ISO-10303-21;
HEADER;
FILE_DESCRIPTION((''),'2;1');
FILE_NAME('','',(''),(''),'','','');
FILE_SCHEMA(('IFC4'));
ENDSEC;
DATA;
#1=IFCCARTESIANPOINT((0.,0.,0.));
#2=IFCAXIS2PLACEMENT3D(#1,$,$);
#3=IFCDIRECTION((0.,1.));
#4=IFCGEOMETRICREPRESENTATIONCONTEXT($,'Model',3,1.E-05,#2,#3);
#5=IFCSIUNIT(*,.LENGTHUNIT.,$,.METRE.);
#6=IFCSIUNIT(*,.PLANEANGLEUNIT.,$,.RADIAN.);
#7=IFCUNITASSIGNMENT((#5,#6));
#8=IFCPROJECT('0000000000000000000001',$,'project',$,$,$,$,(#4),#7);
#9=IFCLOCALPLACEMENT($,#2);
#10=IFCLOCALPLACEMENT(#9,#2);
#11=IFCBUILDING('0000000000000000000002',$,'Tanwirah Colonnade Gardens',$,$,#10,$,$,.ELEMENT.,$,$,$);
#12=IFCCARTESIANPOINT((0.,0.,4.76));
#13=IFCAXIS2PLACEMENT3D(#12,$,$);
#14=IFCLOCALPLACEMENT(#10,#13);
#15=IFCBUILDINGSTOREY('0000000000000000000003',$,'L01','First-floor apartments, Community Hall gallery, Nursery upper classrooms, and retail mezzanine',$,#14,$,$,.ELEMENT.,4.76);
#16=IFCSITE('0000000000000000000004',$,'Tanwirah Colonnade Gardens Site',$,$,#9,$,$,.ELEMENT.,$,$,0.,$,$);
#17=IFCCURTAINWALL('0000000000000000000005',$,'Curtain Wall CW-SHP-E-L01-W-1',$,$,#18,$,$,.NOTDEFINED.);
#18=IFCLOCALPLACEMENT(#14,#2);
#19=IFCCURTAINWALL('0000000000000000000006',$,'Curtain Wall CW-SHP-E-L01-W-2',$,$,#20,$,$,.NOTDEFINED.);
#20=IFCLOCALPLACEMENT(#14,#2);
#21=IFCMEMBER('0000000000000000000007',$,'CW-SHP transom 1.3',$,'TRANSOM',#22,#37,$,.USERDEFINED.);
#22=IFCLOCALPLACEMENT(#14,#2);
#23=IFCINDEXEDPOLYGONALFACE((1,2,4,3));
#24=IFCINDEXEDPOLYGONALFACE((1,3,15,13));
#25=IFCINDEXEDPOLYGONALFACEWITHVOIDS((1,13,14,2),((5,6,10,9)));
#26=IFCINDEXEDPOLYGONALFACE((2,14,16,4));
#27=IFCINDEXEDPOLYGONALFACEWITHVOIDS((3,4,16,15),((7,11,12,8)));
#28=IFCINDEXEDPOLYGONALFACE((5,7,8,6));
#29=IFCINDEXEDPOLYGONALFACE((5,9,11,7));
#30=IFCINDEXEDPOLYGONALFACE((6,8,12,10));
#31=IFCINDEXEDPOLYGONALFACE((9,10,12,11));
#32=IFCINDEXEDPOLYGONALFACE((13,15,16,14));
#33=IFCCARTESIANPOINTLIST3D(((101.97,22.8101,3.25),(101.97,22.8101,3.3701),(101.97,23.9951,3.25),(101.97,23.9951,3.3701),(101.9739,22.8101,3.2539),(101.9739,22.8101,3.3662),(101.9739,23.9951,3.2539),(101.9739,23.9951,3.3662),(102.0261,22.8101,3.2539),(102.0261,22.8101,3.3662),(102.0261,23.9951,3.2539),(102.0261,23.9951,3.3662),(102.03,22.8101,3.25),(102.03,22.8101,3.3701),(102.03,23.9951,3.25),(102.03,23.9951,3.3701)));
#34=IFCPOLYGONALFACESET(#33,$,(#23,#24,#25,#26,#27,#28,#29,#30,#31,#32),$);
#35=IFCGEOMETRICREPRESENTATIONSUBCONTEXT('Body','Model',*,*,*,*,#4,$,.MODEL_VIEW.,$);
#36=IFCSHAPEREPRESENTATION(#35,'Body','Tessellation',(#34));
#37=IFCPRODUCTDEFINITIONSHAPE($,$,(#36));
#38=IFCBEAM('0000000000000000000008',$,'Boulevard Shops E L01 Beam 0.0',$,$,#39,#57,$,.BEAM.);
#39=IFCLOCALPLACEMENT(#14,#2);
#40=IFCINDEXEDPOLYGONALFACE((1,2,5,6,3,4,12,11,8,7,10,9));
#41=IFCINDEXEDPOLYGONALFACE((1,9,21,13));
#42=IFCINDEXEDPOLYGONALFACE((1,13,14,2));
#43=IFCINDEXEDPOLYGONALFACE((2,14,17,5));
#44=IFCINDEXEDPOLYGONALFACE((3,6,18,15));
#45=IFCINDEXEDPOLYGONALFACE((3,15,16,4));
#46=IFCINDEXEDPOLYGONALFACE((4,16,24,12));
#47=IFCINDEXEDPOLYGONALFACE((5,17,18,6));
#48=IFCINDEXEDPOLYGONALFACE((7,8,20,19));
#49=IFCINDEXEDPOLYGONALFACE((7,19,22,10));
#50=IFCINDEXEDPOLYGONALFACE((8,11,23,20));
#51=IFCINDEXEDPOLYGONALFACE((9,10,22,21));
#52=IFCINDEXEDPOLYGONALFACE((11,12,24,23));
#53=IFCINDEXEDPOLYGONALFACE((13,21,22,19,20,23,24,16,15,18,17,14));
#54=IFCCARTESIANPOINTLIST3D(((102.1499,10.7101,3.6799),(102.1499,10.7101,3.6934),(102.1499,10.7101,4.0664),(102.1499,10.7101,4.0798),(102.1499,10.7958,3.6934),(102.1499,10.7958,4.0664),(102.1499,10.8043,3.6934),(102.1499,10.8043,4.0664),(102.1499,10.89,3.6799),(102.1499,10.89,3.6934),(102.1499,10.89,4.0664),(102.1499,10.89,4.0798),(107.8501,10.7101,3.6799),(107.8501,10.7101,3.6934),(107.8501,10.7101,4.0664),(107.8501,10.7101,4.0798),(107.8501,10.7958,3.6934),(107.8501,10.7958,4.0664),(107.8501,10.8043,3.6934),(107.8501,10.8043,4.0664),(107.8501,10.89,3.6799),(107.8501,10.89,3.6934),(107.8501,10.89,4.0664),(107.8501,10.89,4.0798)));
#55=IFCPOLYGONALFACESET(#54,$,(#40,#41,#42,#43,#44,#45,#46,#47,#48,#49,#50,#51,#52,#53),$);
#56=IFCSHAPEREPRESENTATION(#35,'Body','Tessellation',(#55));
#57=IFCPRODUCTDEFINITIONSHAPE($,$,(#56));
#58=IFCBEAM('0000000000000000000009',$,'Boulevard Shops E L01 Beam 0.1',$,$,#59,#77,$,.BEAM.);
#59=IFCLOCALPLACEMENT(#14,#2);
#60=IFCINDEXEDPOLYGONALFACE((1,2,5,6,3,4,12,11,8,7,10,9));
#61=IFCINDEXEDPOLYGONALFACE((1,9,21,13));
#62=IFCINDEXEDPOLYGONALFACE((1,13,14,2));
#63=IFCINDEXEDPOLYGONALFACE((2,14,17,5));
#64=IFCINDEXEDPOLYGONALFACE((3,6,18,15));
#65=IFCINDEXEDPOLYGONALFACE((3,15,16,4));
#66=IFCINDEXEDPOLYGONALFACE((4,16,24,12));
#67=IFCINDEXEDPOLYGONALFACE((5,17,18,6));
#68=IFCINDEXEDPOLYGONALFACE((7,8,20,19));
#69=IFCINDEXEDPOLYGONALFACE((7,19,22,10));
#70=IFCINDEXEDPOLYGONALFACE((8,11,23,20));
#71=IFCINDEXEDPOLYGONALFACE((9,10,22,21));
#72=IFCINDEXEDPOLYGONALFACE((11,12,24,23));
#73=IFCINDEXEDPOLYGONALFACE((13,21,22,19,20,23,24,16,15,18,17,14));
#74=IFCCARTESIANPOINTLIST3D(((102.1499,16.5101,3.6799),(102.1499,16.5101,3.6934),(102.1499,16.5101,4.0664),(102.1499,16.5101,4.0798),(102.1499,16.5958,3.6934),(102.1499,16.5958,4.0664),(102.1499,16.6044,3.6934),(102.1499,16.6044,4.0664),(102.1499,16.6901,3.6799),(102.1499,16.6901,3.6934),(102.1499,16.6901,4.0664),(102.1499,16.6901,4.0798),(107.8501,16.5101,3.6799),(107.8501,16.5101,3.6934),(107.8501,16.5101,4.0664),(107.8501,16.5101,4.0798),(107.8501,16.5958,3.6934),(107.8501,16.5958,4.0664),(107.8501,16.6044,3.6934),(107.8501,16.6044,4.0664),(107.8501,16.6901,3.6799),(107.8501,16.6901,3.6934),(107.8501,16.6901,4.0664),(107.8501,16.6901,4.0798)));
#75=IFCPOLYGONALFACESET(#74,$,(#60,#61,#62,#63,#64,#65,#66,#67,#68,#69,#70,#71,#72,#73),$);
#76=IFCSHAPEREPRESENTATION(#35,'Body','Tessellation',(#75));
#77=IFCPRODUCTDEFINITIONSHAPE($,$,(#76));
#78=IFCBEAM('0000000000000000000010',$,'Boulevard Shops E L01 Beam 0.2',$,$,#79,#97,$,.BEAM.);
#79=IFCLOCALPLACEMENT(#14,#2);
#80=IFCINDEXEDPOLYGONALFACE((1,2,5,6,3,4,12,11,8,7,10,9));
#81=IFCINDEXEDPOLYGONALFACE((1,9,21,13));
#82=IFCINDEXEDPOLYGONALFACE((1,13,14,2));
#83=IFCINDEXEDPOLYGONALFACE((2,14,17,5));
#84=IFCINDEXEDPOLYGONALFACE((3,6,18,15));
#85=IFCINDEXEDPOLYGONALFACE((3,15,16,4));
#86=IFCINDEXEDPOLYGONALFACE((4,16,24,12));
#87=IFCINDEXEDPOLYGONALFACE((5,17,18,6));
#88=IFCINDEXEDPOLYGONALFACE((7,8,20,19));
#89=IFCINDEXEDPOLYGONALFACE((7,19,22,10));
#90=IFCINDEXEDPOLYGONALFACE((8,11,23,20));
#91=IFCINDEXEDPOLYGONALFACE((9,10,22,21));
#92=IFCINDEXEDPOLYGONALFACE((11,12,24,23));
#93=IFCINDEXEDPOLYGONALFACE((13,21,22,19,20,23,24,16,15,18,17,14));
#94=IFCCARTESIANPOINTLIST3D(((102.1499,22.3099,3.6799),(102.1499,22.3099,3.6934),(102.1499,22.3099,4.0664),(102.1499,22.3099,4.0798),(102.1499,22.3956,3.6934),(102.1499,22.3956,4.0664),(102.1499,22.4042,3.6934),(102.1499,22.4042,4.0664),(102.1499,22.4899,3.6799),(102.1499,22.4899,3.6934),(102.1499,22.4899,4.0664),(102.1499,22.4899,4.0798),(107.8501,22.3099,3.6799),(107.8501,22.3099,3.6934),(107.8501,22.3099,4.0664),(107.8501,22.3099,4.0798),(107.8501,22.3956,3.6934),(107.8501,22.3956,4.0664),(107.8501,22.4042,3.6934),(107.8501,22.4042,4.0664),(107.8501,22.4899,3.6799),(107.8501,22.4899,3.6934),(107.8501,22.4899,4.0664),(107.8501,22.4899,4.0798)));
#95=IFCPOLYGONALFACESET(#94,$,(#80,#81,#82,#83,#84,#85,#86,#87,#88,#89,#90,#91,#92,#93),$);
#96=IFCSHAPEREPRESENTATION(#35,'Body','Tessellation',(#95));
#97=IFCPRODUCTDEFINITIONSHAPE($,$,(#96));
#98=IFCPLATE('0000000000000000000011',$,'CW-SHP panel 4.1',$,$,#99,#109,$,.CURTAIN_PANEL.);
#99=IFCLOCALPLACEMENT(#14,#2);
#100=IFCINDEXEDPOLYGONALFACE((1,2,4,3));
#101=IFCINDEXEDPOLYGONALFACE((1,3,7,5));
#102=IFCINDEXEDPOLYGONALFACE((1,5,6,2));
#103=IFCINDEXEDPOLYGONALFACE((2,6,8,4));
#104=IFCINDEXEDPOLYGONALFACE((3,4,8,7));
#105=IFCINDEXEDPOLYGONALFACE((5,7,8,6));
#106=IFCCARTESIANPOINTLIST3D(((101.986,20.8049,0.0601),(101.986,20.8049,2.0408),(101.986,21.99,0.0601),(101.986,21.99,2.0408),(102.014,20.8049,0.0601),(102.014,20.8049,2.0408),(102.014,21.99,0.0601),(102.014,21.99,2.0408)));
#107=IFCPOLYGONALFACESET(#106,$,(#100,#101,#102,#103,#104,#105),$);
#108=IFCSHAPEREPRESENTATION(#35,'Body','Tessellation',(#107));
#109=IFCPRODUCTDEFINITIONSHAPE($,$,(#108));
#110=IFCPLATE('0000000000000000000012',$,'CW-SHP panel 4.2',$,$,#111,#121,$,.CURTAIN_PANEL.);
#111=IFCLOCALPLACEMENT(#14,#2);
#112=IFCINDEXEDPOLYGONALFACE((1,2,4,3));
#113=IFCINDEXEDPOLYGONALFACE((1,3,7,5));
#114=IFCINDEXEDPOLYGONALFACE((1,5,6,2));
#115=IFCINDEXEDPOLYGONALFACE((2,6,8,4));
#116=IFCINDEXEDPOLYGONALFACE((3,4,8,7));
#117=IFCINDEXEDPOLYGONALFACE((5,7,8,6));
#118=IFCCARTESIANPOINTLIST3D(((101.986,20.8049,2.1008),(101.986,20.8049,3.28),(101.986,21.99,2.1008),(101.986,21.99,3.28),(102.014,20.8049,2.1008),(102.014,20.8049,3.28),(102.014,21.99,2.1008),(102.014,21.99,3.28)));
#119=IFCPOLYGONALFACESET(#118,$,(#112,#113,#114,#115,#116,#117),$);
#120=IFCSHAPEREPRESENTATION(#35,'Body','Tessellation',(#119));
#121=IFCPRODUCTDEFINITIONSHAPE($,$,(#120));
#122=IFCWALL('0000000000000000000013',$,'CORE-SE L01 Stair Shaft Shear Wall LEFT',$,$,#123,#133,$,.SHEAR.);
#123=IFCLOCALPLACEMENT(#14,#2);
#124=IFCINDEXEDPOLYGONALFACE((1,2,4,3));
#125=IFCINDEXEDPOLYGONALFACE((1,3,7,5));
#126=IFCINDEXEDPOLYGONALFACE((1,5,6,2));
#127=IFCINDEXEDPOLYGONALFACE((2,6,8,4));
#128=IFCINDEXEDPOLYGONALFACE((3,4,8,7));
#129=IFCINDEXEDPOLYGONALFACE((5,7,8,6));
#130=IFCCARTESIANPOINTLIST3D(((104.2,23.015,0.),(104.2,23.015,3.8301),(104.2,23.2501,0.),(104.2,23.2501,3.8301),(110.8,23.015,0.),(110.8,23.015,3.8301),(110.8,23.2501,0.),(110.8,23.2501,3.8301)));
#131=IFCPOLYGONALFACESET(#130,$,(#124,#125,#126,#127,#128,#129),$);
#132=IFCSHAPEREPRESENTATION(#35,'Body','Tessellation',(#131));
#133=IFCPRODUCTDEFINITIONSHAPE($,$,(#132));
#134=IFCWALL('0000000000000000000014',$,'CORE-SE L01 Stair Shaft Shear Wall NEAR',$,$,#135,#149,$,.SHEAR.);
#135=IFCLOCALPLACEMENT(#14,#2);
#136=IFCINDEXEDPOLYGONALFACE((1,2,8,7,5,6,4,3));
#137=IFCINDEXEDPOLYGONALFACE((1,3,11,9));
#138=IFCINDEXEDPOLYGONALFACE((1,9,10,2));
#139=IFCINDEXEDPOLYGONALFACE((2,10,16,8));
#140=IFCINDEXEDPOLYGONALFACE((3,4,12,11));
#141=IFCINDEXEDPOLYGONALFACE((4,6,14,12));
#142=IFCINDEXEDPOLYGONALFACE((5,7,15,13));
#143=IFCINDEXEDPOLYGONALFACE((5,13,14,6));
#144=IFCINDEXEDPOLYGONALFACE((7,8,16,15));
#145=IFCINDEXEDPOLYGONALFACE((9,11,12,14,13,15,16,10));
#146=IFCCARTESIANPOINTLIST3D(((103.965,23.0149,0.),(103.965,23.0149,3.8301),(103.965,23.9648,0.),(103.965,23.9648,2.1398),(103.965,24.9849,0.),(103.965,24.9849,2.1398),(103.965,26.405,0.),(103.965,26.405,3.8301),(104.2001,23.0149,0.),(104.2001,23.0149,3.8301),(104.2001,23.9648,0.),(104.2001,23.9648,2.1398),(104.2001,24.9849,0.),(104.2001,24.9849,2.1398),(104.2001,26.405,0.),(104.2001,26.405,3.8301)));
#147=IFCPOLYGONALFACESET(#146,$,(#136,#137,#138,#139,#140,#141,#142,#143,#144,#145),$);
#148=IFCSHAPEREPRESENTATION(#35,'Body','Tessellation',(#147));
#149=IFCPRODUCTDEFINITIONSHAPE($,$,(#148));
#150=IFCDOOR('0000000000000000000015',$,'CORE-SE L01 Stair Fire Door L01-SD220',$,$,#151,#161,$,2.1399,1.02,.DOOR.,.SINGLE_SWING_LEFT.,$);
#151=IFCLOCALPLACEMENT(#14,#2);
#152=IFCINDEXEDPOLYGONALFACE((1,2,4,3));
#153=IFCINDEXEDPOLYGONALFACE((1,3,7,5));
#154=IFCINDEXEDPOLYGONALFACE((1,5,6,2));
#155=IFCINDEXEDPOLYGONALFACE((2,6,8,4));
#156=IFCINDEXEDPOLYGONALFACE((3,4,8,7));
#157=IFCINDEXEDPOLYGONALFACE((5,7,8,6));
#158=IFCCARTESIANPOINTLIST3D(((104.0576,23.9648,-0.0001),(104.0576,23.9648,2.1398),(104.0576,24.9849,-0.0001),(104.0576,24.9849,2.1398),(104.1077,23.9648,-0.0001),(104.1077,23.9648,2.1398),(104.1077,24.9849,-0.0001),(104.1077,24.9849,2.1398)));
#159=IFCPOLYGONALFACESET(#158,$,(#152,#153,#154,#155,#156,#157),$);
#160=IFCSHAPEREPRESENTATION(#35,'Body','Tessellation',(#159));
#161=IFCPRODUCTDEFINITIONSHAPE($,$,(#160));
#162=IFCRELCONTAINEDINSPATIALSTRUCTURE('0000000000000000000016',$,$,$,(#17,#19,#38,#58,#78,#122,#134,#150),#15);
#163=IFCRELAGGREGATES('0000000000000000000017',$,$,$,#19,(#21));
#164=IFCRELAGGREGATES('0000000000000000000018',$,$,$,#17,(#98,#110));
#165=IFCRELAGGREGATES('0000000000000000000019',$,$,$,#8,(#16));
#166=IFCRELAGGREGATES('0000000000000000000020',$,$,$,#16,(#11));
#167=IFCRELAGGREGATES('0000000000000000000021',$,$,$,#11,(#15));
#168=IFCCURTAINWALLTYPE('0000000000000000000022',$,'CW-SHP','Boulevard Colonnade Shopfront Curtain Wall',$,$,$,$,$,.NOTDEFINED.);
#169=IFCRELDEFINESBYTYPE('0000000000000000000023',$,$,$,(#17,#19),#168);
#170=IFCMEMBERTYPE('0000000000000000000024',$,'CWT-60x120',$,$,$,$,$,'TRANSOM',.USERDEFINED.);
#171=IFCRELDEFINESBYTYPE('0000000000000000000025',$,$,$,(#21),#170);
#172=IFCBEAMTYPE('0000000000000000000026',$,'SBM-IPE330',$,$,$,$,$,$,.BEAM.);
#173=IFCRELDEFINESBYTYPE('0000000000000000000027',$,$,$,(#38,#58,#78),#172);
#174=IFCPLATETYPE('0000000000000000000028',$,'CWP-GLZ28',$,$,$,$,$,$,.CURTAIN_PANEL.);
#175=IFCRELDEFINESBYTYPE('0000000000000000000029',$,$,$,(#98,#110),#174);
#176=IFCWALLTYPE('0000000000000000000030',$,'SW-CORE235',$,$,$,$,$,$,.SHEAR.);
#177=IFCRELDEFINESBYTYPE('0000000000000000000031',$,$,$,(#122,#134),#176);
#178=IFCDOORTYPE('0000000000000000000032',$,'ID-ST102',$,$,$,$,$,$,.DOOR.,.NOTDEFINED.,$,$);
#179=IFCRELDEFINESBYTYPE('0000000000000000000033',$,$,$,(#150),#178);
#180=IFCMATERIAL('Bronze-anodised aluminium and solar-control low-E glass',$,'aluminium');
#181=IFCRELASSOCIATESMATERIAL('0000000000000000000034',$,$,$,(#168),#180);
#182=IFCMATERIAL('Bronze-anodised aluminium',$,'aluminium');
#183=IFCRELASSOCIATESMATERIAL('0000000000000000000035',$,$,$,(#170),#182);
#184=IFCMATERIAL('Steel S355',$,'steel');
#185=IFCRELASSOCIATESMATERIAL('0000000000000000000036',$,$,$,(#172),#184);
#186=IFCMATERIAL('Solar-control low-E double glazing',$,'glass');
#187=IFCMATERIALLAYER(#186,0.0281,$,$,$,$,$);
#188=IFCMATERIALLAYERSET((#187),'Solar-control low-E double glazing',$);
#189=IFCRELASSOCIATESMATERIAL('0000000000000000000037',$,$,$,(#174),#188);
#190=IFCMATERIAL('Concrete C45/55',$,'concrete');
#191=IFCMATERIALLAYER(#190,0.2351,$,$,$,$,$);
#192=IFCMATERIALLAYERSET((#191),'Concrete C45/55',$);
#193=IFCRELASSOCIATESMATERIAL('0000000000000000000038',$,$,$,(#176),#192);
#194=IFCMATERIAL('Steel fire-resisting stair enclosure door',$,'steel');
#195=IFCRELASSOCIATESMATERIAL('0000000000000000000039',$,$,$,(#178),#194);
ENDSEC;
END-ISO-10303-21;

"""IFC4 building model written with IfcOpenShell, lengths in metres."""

from ifc_helpers import new_model, si_unit, direction, frame, frame_2d, origin, origin_2d, place, context, subcontext, project, spatial, rectangle, hollow_rectangle, i_section, extrude, material, layer, layer_set, material_profile, profile_set, type_object, element, fill, aggregate, save


model = new_model("IFC4")

# Units and contexts
model_context = context("Model", 3, precision=1e-05, world=origin(), true_north=direction((0.0, 1.0)))
body_context = subcontext(model_context, "Body", "Model", "MODEL_VIEW")
ifc_project = project(units=[si_unit("LENGTHUNIT", "METRE"), si_unit("PLANEANGLEUNIT", "RADIAN")], contexts=[model_context])

# Site, building, storey
site_placement = place(None, origin())
site = spatial("IfcSite", under=ifc_project, at=site_placement, Name="Tanwirah Colonnade Gardens Site", CompositionType="ELEMENT", RefElevation=0.0)
building_placement = place(site_placement, origin())
building = spatial("IfcBuilding", under=site, at=building_placement, Name="Tanwirah Colonnade Gardens", CompositionType="ELEMENT")
storey_placement = place(building_placement, frame((0.0, 0.0, 4.76)))
storey = spatial("IfcBuildingStorey", under=building, at=storey_placement, Name="L01", Description="First-floor apartments, Community Hall gallery, Nursery upper classrooms, and retail mezzanine", CompositionType="ELEMENT", Elevation=4.76)

# Curtain walls
ifc_material_1 = material(Name="Bronze-anodised aluminium and solar-control low-E glass", Category="aluminium")
curtain_wall_type = type_object("IfcCurtainWallType", Name="CW-SHP", Description="Boulevard Colonnade Shopfront Curtain Wall", PredefinedType="NOTDEFINED", material=ifc_material_1)
curtain_wall_1_placement = place(storey_placement, origin())
curtain_wall_1 = element("IfcCurtainWall", 1, at=curtain_wall_1_placement, inside=storey, type_object=curtain_wall_type, Name="Curtain Wall CW-SHP-E-L01-W-1", PredefinedType="NOTDEFINED")
ifc_material_2 = material(Name="Bronze-anodised aluminium", Category="aluminium")
curtain_wall_2_placement = place(storey_placement, origin())
curtain_wall_2 = element("IfcCurtainWall", 2, at=curtain_wall_2_placement, inside=storey, type_object=curtain_wall_type, Name="Curtain Wall CW-SHP-E-L01-W-2", PredefinedType="NOTDEFINED")

# Member
ifc_material_profile_1 = material_profile(ifc_material_2, hollow_rectangle(XDim=0.0601, YDim=0.1201, WallThickness=0.0039, at=origin_2d()), Name="CW-TRN 60x120x4")
ifc_profile_set_1 = profile_set([ifc_material_profile_1], Name="Bronze-anodised aluminium")
member_type_1 = type_object("IfcMemberType", Name="CWT-60x120", ElementType="TRANSOM", PredefinedType="USERDEFINED", material=ifc_profile_set_1)
member_1_placement = place(storey_placement, frame((102.0, 22.8101, 3.3101), z_axis=(0.0, 1.0, 0.0), x_axis=(-1.0, 0.0, 0.0)))
member_1 = element("IfcMember", 3, at=member_1_placement, type_object=member_type_1, Name="CW-SHP transom 1.3", ObjectType="TRANSOM", PredefinedType="USERDEFINED", context=body_context, shape_type="SweptSolid", body=[
    extrude(hollow_rectangle(XDim=0.0601, YDim=0.1201, WallThickness=0.0039, at=origin_2d()), origin(), (0.0, 0.0, 1.0), 1.1851),
])
aggregate(curtain_wall_2, [member_1])

# Beams
ifc_material_3 = material(Name="Steel S355", Category="steel")
ifc_material_profile_2 = material_profile(ifc_material_3, i_section(OverallWidth=0.1799, OverallDepth=0.3999, WebThickness=0.0085, FlangeThickness=0.0134, at=origin_2d()), Name="IPE 400")
ifc_profile_set_2 = profile_set([ifc_material_profile_2], Name="Steel S355")
beam_type = type_object("IfcBeamType", Name="SBM-IPE330", PredefinedType="BEAM", material=ifc_profile_set_2)
for number, where, z_axis, x_axis, name in (
    (4, (102.1499, 10.8, 3.8799), (1.0, 0.0, 0.0), (0.0, 1.0, 0.0), "Boulevard Shops E L01 Beam 0.0"),
    (5, (102.1499, 16.6001, 3.8799), (1.0, 0.0, 0.0), (0.0, 1.0, 0.0), "Boulevard Shops E L01 Beam 0.1"),
    (6, (102.1499, 22.3999, 3.8799), (1.0, 0.0, 0.0), (0.0, 1.0, 0.0), "Boulevard Shops E L01 Beam 0.2"),
):
    element("IfcBeam", number, at=place(storey_placement, frame(where, z_axis=z_axis, x_axis=x_axis)), inside=storey, type_object=beam_type, Name=name, PredefinedType="BEAM", context=body_context, shape_type="SweptSolid", body=[
        extrude(i_section(OverallWidth=0.1799, OverallDepth=0.3999, WebThickness=0.0085, FlangeThickness=0.0134, at=origin_2d()), origin(), (0.0, 0.0, 1.0), 5.7002),
    ])

# Plates
ifc_material_4 = material(Name="Solar-control low-E double glazing", Category="glass")
ifc_layer_1 = layer(ifc_material_4, 0.0281)
ifc_layer_set_1 = layer_set([ifc_layer_1], Name="Solar-control low-E double glazing")
plate_type = type_object("IfcPlateType", Name="CWP-GLZ28", PredefinedType="CURTAIN_PANEL", material=ifc_layer_set_1)
plate_1_placement = place(storey_placement, frame((102.0, 21.3975, 0.0601), z_axis=(0.0, 0.0, 1.0), x_axis=(0.0, 1.0, 0.0)))
plate_1 = element("IfcPlate", 7, at=plate_1_placement, type_object=plate_type, Name="CW-SHP panel 4.1", PredefinedType="CURTAIN_PANEL", context=body_context, shape_type="SweptSolid", body=[
    extrude(rectangle(XDim=1.1851, YDim=0.0281, at=origin_2d()), origin(), (0.0, 0.0, 1.0), 1.9807),
])
plate_2_placement = place(storey_placement, frame((102.0, 21.3975, 2.1008), z_axis=(0.0, 0.0, 1.0), x_axis=(0.0, 1.0, 0.0)))
plate_2 = element("IfcPlate", 8, at=plate_2_placement, type_object=plate_type, Name="CW-SHP panel 4.2", PredefinedType="CURTAIN_PANEL", context=body_context, shape_type="SweptSolid", body=[
    extrude(rectangle(XDim=1.1851, YDim=0.0281, at=origin_2d()), origin(), (0.0, 0.0, 1.0), 1.1792),
])
aggregate(curtain_wall_1, [plate_1, plate_2])

# Wall
ifc_material_5 = material(Name="Concrete C45/55", Category="concrete")
ifc_layer_2 = layer(ifc_material_5, 0.2351)
ifc_layer_set_2 = layer_set([ifc_layer_2], Name="Concrete C45/55")
wall_type_1 = type_object("IfcWallType", Name="SW-CORE235", PredefinedType="SHEAR", material=ifc_layer_set_2)
wall_1_placement = place(storey_placement, frame((104.2, 23.1326, 0.0), z_axis=(0.0, 0.0, 1.0), x_axis=(1.0, 0.0, 0.0)))
element("IfcWall", 9, at=wall_1_placement, inside=storey, type_object=wall_type_1, Name="CORE-SE L01 Stair Shaft Shear Wall LEFT", PredefinedType="SHEAR", context=body_context, shape_type="SweptSolid", body=[
    extrude(rectangle(XDim=6.6001, YDim=0.2351, at=frame_2d((3.3, 0.0))), origin(), (0.0, 0.0, 1.0), 3.8301),
])

# Wall, opening, door
wall_2_placement = place(storey_placement, frame((104.0825, 23.0149, 0.0), z_axis=(0.0, 0.0, 1.0), x_axis=(0.0, 1.0, 0.0)))
wall_2 = element("IfcWall", 10, at=wall_2_placement, inside=storey, type_object=wall_type_1, Name="CORE-SE L01 Stair Shaft Shear Wall NEAR", PredefinedType="SHEAR", context=body_context, shape_type="SweptSolid", body=[
    extrude(rectangle(XDim=3.3901, YDim=0.2351, at=frame_2d((1.6951, 0.0))), origin(), (0.0, 0.0, 1.0), 3.8301),
])
opening_1_placement = place(wall_2_placement, frame((0.95, 0.0, 0.0)))
opening_1 = element("IfcOpeningElement", 11, at=opening_1_placement, cuts=wall_2, PredefinedType="OPENING", context=body_context, shape_type="SweptSolid", body=[
    extrude(rectangle(XDim=1.02, YDim=2.1399, at=frame_2d((0.51, 1.0698))), frame((0.0, 0.1274, 0.0), z_axis=(0.0, -1.0, 0.0), x_axis=(1.0, 0.0, 0.0)), (0.0, 0.0, 1.0), 0.2551),
])
ifc_material_6 = material(Name="Steel fire-resisting stair enclosure door", Category="steel")
door_type_1 = type_object("IfcDoorType", Name="ID-ST102", OperationType="NOTDEFINED", PredefinedType="DOOR", material=ifc_material_6)
door_1_placement = place(opening_1_placement, origin())
door_1 = element("IfcDoor", 12, at=door_1_placement, inside=storey, type_object=door_type_1, Name="CORE-SE L01 Stair Fire Door L01-SD220", OperationType="SINGLE_SWING_LEFT", OverallHeight=2.1399, OverallWidth=1.02, PredefinedType="DOOR", context=body_context, shape_type="SweptSolid", body=[
    extrude(rectangle(XDim=1.02, YDim=2.1399, at=frame_2d((0.51, 1.0698))), frame((0.0, 0.0249, 0.0), z_axis=(0.0, -1.0, 0.0), x_axis=(1.0, 0.0, 0.0)), (0.0, 0.0, 1.0), 0.05),
])
fill(opening_1, door_1)

save(model, "model.ifc")
